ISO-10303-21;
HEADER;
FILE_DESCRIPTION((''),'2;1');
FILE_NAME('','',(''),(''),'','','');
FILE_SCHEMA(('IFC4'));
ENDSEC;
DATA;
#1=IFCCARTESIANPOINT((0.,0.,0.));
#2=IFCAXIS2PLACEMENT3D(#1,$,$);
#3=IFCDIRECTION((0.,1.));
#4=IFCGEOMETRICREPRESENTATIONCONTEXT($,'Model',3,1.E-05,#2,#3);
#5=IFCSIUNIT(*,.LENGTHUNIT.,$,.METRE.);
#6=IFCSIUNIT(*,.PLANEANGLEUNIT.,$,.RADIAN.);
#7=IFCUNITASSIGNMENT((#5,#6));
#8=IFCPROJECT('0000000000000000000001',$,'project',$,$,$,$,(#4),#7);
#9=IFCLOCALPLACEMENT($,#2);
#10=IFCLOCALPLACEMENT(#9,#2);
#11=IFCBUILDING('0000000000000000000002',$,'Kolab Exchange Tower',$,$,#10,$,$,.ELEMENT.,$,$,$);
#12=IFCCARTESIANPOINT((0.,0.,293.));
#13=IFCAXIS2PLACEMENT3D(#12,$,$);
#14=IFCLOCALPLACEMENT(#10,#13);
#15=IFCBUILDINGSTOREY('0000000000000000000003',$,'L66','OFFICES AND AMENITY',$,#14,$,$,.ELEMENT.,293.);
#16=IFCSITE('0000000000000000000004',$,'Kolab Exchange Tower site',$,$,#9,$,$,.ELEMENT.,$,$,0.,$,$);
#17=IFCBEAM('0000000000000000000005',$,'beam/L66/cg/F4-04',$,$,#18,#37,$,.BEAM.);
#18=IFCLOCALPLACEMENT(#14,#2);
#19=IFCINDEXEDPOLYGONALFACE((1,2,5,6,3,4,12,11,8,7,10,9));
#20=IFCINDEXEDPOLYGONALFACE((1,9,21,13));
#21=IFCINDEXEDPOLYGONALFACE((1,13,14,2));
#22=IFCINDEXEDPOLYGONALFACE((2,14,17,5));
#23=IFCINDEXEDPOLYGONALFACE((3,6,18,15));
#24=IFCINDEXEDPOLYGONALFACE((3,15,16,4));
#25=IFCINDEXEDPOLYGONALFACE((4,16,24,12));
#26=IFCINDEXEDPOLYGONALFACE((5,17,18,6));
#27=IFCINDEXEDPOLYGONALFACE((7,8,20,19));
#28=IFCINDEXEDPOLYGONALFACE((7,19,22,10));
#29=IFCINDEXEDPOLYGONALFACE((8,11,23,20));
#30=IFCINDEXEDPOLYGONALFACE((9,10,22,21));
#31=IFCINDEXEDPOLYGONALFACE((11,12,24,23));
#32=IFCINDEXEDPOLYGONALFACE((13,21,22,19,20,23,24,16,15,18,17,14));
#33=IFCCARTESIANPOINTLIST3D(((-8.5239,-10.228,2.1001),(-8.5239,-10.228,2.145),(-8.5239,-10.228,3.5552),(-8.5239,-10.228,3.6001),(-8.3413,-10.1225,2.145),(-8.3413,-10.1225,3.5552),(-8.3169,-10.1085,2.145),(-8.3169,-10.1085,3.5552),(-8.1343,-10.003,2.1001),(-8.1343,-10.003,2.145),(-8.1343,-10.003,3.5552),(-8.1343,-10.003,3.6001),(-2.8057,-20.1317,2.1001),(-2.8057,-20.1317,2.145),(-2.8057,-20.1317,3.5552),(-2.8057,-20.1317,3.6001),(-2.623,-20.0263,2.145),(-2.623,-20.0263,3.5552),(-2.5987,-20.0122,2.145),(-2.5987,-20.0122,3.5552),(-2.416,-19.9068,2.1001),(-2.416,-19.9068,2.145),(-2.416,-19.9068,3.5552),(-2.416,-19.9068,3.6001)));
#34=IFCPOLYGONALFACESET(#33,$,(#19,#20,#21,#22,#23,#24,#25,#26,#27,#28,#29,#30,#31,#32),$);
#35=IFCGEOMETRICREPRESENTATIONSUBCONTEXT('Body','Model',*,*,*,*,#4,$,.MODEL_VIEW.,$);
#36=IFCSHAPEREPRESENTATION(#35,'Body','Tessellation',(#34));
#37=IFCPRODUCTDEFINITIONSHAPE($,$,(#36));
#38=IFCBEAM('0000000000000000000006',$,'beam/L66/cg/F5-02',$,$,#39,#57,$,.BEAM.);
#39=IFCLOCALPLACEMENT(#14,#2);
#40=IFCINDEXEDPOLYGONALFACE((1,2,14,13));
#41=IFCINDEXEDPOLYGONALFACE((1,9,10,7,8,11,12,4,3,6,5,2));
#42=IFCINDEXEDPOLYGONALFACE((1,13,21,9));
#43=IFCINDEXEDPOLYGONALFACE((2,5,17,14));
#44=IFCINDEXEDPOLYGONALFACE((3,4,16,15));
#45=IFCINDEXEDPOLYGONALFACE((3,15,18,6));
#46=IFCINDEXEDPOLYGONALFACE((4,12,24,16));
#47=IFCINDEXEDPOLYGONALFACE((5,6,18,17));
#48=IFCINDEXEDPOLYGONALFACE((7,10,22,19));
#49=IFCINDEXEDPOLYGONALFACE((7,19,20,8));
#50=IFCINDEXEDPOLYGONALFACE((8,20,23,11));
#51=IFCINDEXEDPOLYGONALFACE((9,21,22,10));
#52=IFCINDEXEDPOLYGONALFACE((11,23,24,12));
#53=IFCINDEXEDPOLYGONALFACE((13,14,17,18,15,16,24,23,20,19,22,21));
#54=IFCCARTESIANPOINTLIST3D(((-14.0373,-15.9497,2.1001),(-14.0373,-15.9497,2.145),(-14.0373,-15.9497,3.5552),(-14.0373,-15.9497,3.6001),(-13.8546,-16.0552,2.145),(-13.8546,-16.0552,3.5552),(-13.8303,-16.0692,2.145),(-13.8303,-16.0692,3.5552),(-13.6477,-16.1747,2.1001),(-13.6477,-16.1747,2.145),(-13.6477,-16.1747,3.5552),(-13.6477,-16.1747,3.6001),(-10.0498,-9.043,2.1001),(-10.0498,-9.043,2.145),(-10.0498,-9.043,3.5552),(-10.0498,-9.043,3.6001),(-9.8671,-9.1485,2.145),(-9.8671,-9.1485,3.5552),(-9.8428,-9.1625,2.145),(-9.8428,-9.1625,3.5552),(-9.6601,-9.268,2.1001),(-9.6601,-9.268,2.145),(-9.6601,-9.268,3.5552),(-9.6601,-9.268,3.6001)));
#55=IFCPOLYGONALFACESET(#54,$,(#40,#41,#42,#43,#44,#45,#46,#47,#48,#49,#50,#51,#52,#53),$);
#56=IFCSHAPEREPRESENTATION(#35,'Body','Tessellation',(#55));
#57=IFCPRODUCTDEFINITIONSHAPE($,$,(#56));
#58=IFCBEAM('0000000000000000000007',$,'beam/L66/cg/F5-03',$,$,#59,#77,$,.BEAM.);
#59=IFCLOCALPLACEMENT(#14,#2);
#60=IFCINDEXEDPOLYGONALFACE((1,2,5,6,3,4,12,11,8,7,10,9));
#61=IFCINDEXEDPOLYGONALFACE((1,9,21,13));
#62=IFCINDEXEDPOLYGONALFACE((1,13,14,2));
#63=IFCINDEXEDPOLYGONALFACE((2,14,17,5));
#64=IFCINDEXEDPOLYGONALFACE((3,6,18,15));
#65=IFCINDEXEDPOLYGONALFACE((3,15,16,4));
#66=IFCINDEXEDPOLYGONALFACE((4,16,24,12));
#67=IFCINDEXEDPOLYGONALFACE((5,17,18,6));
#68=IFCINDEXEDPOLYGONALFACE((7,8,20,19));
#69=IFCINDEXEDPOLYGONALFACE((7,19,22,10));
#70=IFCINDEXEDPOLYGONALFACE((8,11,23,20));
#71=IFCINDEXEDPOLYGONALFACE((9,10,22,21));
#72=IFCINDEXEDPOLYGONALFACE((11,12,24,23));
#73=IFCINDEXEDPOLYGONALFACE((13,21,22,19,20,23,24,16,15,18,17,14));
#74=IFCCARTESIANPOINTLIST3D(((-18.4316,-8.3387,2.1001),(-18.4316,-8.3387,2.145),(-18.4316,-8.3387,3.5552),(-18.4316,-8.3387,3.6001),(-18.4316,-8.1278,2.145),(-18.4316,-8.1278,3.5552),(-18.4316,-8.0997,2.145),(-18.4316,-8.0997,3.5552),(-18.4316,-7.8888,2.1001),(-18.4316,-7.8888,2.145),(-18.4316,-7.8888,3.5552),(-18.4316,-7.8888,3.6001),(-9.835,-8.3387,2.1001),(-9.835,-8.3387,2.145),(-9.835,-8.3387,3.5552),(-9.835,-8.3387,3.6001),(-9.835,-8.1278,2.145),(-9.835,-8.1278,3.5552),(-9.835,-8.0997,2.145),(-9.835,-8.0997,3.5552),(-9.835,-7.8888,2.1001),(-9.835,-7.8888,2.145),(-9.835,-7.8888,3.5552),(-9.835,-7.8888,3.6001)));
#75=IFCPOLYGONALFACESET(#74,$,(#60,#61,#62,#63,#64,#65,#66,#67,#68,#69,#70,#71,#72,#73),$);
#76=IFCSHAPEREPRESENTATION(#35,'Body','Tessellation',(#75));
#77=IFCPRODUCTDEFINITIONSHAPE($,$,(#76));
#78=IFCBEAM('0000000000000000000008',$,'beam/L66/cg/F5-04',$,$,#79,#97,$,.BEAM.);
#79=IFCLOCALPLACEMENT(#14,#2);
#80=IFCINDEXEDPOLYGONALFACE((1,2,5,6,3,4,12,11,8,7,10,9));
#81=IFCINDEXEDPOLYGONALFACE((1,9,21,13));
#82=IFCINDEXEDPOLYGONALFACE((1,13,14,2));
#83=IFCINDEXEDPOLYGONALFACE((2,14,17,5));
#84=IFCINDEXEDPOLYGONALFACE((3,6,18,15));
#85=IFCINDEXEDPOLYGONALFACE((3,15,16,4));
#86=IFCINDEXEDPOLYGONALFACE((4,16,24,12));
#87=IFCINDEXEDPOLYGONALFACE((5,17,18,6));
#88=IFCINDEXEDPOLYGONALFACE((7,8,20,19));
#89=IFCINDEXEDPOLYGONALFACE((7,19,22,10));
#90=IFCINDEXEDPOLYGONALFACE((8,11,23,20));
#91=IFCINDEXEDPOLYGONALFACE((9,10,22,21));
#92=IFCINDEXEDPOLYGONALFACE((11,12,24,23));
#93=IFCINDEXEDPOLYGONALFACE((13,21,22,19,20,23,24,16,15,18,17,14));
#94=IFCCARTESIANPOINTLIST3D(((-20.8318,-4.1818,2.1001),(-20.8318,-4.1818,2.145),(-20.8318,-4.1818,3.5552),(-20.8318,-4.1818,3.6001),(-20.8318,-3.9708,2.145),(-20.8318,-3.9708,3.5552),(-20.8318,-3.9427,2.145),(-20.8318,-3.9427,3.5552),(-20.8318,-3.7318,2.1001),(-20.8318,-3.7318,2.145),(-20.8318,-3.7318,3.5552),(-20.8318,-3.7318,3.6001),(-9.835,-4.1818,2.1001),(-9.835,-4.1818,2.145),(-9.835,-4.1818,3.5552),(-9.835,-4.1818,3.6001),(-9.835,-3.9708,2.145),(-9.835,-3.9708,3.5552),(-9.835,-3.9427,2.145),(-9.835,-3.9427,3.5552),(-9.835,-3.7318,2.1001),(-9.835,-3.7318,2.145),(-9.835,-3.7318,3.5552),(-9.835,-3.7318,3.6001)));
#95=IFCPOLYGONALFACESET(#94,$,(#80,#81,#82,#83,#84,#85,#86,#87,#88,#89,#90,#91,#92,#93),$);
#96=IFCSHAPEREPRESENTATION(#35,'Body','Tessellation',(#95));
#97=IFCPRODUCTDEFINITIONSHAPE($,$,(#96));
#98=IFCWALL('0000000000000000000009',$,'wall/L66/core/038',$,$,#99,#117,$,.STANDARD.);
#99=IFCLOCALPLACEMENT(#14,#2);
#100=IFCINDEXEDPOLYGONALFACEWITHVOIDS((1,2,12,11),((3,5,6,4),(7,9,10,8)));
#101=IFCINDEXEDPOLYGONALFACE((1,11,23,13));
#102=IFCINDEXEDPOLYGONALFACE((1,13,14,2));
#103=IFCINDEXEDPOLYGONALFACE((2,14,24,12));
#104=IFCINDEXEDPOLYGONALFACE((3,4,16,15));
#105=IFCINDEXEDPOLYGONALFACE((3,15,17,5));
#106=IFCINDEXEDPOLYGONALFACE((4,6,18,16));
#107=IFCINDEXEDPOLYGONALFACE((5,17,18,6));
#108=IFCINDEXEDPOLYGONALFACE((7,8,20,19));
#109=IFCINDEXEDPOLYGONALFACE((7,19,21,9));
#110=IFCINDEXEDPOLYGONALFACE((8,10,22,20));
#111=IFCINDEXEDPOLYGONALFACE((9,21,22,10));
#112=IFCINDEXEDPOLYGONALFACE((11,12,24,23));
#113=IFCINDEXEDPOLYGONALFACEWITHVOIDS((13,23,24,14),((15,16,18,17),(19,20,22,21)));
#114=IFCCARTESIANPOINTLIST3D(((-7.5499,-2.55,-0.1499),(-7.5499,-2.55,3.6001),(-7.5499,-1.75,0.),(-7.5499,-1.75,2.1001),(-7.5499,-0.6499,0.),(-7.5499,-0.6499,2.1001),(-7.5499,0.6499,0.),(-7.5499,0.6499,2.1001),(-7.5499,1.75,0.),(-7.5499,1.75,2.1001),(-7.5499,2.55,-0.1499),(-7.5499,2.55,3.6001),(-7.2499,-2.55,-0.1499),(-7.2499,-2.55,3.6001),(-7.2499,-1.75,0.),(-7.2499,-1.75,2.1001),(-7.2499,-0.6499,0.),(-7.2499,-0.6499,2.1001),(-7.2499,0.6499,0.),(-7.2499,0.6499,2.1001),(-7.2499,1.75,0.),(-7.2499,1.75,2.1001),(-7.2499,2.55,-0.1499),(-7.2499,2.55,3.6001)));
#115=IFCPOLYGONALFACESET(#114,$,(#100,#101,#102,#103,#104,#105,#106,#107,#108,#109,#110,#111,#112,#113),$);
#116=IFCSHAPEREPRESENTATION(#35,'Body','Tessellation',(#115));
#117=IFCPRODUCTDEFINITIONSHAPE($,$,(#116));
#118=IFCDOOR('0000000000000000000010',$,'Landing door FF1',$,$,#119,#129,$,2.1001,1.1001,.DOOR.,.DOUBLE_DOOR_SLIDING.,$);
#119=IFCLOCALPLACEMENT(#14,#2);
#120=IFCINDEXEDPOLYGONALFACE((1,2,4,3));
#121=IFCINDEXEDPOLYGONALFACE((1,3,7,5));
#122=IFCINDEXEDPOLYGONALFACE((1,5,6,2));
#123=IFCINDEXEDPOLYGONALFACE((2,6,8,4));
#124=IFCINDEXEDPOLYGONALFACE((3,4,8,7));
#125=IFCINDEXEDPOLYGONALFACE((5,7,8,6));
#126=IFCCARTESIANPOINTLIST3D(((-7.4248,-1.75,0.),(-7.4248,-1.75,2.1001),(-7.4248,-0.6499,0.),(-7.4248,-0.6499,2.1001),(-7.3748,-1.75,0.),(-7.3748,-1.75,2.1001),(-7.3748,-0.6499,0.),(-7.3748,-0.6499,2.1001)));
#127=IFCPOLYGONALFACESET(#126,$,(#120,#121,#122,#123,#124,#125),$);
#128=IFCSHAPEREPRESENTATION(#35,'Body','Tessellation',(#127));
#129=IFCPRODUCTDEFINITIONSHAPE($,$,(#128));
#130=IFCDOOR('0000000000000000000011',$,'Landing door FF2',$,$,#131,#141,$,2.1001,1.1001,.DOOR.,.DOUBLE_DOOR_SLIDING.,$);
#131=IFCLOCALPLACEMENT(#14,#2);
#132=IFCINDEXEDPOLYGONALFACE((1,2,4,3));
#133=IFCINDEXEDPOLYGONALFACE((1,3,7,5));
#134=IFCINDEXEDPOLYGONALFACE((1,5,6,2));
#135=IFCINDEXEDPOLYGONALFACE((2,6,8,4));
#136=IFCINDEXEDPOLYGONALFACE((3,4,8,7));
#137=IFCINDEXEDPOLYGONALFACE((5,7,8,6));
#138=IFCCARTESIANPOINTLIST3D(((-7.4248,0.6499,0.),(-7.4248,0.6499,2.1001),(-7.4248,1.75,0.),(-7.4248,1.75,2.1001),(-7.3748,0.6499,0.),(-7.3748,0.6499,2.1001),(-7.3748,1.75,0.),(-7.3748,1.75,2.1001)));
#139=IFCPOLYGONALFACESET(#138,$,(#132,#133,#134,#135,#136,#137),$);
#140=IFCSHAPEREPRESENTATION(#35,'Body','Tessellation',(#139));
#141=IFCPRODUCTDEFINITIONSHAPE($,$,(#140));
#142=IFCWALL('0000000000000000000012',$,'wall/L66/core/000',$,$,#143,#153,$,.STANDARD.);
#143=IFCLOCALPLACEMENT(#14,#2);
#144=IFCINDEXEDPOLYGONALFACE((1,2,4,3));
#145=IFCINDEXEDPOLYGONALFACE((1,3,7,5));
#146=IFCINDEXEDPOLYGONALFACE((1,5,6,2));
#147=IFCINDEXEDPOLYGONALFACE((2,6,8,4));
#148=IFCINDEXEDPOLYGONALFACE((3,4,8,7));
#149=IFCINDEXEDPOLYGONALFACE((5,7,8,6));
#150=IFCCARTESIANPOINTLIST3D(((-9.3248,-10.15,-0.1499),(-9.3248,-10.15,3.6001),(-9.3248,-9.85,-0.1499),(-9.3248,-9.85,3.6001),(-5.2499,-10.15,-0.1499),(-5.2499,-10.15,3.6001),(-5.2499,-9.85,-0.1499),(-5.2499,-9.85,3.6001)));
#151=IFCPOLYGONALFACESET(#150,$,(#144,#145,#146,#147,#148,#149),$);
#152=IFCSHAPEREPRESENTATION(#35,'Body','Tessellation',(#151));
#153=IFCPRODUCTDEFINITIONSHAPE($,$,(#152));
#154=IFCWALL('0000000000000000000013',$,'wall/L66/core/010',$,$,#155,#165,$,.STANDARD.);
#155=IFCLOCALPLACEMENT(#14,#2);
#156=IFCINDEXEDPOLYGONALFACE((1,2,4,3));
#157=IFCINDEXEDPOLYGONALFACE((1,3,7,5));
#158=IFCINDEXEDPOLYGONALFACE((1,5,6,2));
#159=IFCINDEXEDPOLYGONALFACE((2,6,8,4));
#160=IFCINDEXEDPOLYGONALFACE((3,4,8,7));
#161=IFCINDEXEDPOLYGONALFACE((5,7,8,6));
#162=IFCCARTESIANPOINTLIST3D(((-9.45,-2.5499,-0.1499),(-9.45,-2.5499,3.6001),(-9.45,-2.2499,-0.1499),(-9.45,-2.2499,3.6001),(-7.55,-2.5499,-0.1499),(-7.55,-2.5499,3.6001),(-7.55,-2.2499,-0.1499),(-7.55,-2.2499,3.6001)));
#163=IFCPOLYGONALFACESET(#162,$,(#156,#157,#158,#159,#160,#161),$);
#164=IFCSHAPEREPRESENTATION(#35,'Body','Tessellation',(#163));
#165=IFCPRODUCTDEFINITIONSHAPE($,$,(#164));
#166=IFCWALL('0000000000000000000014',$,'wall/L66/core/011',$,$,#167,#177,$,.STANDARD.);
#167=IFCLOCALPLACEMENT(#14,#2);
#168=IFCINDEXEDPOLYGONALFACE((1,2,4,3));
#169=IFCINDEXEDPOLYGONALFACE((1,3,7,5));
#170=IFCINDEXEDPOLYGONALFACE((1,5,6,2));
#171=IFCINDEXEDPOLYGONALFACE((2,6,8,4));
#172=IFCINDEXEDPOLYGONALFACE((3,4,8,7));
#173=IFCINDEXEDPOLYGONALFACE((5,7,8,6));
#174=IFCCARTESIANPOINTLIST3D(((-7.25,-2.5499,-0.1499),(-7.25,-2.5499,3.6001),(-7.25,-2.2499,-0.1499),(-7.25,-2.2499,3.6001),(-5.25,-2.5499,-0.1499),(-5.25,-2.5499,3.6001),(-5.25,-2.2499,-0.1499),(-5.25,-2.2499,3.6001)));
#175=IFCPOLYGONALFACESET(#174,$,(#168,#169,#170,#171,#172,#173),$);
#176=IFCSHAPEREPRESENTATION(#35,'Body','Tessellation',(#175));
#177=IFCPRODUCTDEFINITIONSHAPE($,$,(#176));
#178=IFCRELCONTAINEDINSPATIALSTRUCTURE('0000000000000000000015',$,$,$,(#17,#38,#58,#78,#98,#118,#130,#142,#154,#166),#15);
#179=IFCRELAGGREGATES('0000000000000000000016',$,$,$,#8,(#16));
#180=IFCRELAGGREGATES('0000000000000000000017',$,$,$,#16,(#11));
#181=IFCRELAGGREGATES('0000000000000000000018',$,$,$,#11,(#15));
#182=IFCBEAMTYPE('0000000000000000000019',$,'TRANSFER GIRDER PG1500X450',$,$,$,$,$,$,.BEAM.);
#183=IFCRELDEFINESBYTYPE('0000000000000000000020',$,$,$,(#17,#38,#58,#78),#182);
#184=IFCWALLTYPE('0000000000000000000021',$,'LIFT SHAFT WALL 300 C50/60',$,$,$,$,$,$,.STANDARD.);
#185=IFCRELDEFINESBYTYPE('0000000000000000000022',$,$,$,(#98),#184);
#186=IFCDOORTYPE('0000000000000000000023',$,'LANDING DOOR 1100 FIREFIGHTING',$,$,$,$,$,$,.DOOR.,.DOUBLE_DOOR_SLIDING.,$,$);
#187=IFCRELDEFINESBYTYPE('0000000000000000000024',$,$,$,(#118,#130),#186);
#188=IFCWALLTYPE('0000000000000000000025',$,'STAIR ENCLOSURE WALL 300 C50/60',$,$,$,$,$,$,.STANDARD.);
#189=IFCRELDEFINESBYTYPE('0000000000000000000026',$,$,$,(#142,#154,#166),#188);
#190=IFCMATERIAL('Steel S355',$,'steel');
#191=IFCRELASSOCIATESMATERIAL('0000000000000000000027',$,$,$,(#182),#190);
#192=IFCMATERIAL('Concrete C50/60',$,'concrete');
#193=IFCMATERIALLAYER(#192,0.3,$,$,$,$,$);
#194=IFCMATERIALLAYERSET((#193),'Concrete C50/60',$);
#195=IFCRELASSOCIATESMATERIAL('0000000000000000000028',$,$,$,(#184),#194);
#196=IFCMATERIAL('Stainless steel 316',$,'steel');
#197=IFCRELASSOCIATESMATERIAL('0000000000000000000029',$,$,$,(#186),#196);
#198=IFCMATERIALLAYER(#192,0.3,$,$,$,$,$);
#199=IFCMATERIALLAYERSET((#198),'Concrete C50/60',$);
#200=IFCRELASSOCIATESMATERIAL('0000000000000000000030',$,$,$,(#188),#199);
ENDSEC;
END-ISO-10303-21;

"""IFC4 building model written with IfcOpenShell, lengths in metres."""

from ifc_helpers import new_model, si_unit, direction, frame, frame_2d, origin, origin_2d, place, context, subcontext, project, spatial, rectangle, i_section, extrude, material, layer, layer_set, material_profile, profile_set, type_object, element, fill, save


model = new_model("IFC4")

# Units and contexts
model_context = context("Model", 3, precision=1e-05, world=origin(), true_north=direction((0.0, 1.0)))
body_context = subcontext(model_context, "Body", "Model", "MODEL_VIEW")
ifc_project = project(units=[si_unit("LENGTHUNIT", "METRE"), si_unit("PLANEANGLEUNIT", "RADIAN")], contexts=[model_context])

# Site, building, storey
site_placement = place(None, origin())
site = spatial("IfcSite", under=ifc_project, at=site_placement, Name="Kolab Exchange Tower site", CompositionType="ELEMENT", RefElevation=0.0)
building_placement = place(site_placement, origin())
building = spatial("IfcBuilding", under=site, at=building_placement, Name="Kolab Exchange Tower", CompositionType="ELEMENT")
storey_placement = place(building_placement, frame((0.0, 0.0, 293.0)))
storey = spatial("IfcBuildingStorey", under=building, at=storey_placement, Name="L66", Description="OFFICES AND AMENITY", CompositionType="ELEMENT", Elevation=293.0)

# Beams
ifc_material_1 = material(Name="Steel S355", Category="steel")
ifc_material_profile = material_profile(ifc_material_1, i_section(OverallWidth=0.45, OverallDepth=1.5, WebThickness=0.0281, FlangeThickness=0.0449, at=origin_2d()), Name="PG1500X450")
ifc_profile_set = profile_set([ifc_material_profile], Name="Steel S355")
beam_type = type_object("IfcBeamType", Name="TRANSFER GIRDER PG1500X450", PredefinedType="BEAM", material=ifc_profile_set)
beam_1_placement = place(storey_placement, frame((-8.3291, -10.1155, 2.8501), z_axis=(0.500019, -0.866014, 0.0), x_axis=(0.866014, 0.500019, 0.0)))
element("IfcBeam", 1, at=beam_1_placement, inside=storey, type_object=beam_type, Name="beam/L66/cg/F4-04", PredefinedType="BEAM", context=body_context, shape_type="SweptSolid", body=[
    extrude(i_section(OverallWidth=0.45, OverallDepth=1.5, WebThickness=0.0281, FlangeThickness=0.0449, at=origin_2d()), origin(), (0.0, 0.0, 1.0), 11.436),
])
beam_2_placement = place(storey_placement, frame((-9.855, -9.1555, 2.8501), z_axis=(-0.499995, -0.866029, 0.0), x_axis=(0.866029, -0.499995, 0.0)))
element("IfcBeam", 2, at=beam_2_placement, inside=storey, type_object=beam_type, Name="beam/L66/cg/F5-02", PredefinedType="BEAM", context=body_context, shape_type="SweptSolid", body=[
    extrude(i_section(OverallWidth=0.45, OverallDepth=1.5, WebThickness=0.0281, FlangeThickness=0.0449, at=origin_2d()), origin(), (0.0, 0.0, 1.0), 7.9751),
])
beam_3_placement = place(storey_placement, frame((-9.835, -8.1138, 2.8501), z_axis=(-1.0, 0.0, 0.0), x_axis=(0.0, -1.0, 0.0)))
element("IfcBeam", 3, at=beam_3_placement, inside=storey, type_object=beam_type, Name="beam/L66/cg/F5-03", PredefinedType="BEAM", context=body_context, shape_type="SweptSolid", body=[
    extrude(i_section(OverallWidth=0.45, OverallDepth=1.5, WebThickness=0.0281, FlangeThickness=0.0449, at=origin_2d()), origin(), (0.0, 0.0, 1.0), 8.5967),
])
beam_4_placement = place(storey_placement, frame((-9.835, -3.9568, 2.8501), z_axis=(-1.0, 0.0, 0.0), x_axis=(0.0, -1.0, 0.0)))
element("IfcBeam", 4, at=beam_4_placement, inside=storey, type_object=beam_type, Name="beam/L66/cg/F5-04", PredefinedType="BEAM", context=body_context, shape_type="SweptSolid", body=[
    extrude(i_section(OverallWidth=0.45, OverallDepth=1.5, WebThickness=0.0281, FlangeThickness=0.0449, at=origin_2d()), origin(), (0.0, 0.0, 1.0), 10.9968),
])

# Wall, openings, doors
ifc_material_2 = material(Name="Concrete C50/60", Category="concrete")
ifc_layer_1 = layer(ifc_material_2, 0.3)
ifc_layer_set_1 = layer_set([ifc_layer_1], Name="Concrete C50/60")
wall_type_1 = type_object("IfcWallType", Name="LIFT SHAFT WALL 300 C50/60", PredefinedType="STANDARD", material=ifc_layer_set_1)
wall_1_placement = place(storey_placement, frame((-7.3999, -2.55, -0.1499), z_axis=(0.0, 0.0, 1.0), x_axis=(0.0, 1.0, 0.0)))
wall_1 = element("IfcWall", 5, at=wall_1_placement, inside=storey, type_object=wall_type_1, Name="wall/L66/core/038", PredefinedType="STANDARD", context=body_context, shape_type="SweptSolid", body=[
    extrude(rectangle(XDim=5.1001, YDim=0.3, at=frame_2d((2.55, 0.0))), origin(), (0.0, 0.0, 1.0), 3.75),
])
opening_1_placement = place(wall_1_placement, frame((0.8, 0.0, 0.1499)))
opening_1 = element("IfcOpeningElement", 6, at=opening_1_placement, cuts=wall_1, PredefinedType="OPENING", context=body_context, shape_type="SweptSolid", body=[
    extrude(rectangle(XDim=1.1001, YDim=2.1001, at=frame_2d((0.55, 1.05))), frame((0.0, 0.1602, 0.0), z_axis=(0.0, -1.0, 0.0), x_axis=(1.0, 0.0, 0.0)), (0.0, 0.0, 1.0), 0.3201),
])
opening_2_placement = place(wall_1_placement, frame((3.2, 0.0, 0.1499)))
opening_2 = element("IfcOpeningElement", 7, at=opening_2_placement, cuts=wall_1, PredefinedType="OPENING", context=body_context, shape_type="SweptSolid", body=[
    extrude(rectangle(XDim=1.1001, YDim=2.1001, at=frame_2d((0.55, 1.05))), frame((0.0, 0.1602, 0.0), z_axis=(0.0, -1.0, 0.0), x_axis=(1.0, 0.0, 0.0)), (0.0, 0.0, 1.0), 0.3201),
])
ifc_material_3 = material(Name="Stainless steel 316", Category="steel")
door_type = type_object("IfcDoorType", Name="LANDING DOOR 1100 FIREFIGHTING", OperationType="DOUBLE_DOOR_SLIDING", PredefinedType="DOOR", material=ifc_material_3)
door_1_placement = place(opening_1_placement, origin())
door_1 = element("IfcDoor", 8, at=door_1_placement, inside=storey, type_object=door_type, Name="Landing door FF1", OperationType="DOUBLE_DOOR_SLIDING", OverallHeight=2.1001, OverallWidth=1.1001, PredefinedType="DOOR", context=body_context, shape_type="SweptSolid", body=[
    extrude(rectangle(XDim=1.1001, YDim=2.1001, at=frame_2d((0.55, 1.05))), frame((0.0, 0.0249, 0.0), z_axis=(0.0, -1.0, 0.0), x_axis=(1.0, 0.0, 0.0)), (0.0, 0.0, 1.0), 0.05),
])
fill(opening_1, door_1)
door_2_placement = place(opening_2_placement, origin())
door_2 = element("IfcDoor", 9, at=door_2_placement, inside=storey, type_object=door_type, Name="Landing door FF2", OperationType="DOUBLE_DOOR_SLIDING", OverallHeight=2.1001, OverallWidth=1.1001, PredefinedType="DOOR", context=body_context, shape_type="SweptSolid", body=[
    extrude(rectangle(XDim=1.1001, YDim=2.1001, at=frame_2d((0.55, 1.05))), frame((0.0, 0.0249, 0.0), z_axis=(0.0, -1.0, 0.0), x_axis=(1.0, 0.0, 0.0)), (0.0, 0.0, 1.0), 0.05),
])
fill(opening_2, door_2)

# Walls
ifc_layer_2 = layer(ifc_material_2, 0.3)
ifc_layer_set_2 = layer_set([ifc_layer_2], Name="Concrete C50/60")
wall_type_2 = type_object("IfcWallType", Name="STAIR ENCLOSURE WALL 300 C50/60", PredefinedType="STANDARD", material=ifc_layer_set_2)
wall_2_placement = place(storey_placement, frame((-9.325, -10.0, -0.1499), z_axis=(0.0, 0.0, 1.0), x_axis=(1.0, 0.0, 0.0)))
element("IfcWall", 10, at=wall_2_placement, inside=storey, type_object=wall_type_2, Name="wall/L66/core/000", PredefinedType="STANDARD", context=body_context, shape_type="SweptSolid", body=[
    extrude(rectangle(XDim=4.075, YDim=0.3, at=frame_2d((2.0376, 0.0))), origin(), (0.0, 0.0, 1.0), 3.75),
])
wall_3_placement = place(storey_placement, frame((-9.45, -2.3999, -0.1499), z_axis=(0.0, 0.0, 1.0), x_axis=(1.0, 0.0, 0.0)))
element("IfcWall", 11, at=wall_3_placement, inside=storey, type_object=wall_type_2, Name="wall/L66/core/010", PredefinedType="STANDARD", context=body_context, shape_type="SweptSolid", body=[
    extrude(rectangle(XDim=1.8999, YDim=0.3, at=frame_2d((0.95, 0.0))), origin(), (0.0, 0.0, 1.0), 3.75),
])
wall_4_placement = place(storey_placement, frame((-7.25, -2.3999, -0.1499), z_axis=(0.0, 0.0, 1.0), x_axis=(1.0, 0.0, 0.0)))
element("IfcWall", 12, at=wall_4_placement, inside=storey, type_object=wall_type_2, Name="wall/L66/core/011", PredefinedType="STANDARD", context=body_context, shape_type="SweptSolid", body=[
    extrude(rectangle(XDim=2.0, YDim=0.3, at=frame_2d((1.0, 0.0))), origin(), (0.0, 0.0, 1.0), 3.75),
])

save(model, "model.ifc")
